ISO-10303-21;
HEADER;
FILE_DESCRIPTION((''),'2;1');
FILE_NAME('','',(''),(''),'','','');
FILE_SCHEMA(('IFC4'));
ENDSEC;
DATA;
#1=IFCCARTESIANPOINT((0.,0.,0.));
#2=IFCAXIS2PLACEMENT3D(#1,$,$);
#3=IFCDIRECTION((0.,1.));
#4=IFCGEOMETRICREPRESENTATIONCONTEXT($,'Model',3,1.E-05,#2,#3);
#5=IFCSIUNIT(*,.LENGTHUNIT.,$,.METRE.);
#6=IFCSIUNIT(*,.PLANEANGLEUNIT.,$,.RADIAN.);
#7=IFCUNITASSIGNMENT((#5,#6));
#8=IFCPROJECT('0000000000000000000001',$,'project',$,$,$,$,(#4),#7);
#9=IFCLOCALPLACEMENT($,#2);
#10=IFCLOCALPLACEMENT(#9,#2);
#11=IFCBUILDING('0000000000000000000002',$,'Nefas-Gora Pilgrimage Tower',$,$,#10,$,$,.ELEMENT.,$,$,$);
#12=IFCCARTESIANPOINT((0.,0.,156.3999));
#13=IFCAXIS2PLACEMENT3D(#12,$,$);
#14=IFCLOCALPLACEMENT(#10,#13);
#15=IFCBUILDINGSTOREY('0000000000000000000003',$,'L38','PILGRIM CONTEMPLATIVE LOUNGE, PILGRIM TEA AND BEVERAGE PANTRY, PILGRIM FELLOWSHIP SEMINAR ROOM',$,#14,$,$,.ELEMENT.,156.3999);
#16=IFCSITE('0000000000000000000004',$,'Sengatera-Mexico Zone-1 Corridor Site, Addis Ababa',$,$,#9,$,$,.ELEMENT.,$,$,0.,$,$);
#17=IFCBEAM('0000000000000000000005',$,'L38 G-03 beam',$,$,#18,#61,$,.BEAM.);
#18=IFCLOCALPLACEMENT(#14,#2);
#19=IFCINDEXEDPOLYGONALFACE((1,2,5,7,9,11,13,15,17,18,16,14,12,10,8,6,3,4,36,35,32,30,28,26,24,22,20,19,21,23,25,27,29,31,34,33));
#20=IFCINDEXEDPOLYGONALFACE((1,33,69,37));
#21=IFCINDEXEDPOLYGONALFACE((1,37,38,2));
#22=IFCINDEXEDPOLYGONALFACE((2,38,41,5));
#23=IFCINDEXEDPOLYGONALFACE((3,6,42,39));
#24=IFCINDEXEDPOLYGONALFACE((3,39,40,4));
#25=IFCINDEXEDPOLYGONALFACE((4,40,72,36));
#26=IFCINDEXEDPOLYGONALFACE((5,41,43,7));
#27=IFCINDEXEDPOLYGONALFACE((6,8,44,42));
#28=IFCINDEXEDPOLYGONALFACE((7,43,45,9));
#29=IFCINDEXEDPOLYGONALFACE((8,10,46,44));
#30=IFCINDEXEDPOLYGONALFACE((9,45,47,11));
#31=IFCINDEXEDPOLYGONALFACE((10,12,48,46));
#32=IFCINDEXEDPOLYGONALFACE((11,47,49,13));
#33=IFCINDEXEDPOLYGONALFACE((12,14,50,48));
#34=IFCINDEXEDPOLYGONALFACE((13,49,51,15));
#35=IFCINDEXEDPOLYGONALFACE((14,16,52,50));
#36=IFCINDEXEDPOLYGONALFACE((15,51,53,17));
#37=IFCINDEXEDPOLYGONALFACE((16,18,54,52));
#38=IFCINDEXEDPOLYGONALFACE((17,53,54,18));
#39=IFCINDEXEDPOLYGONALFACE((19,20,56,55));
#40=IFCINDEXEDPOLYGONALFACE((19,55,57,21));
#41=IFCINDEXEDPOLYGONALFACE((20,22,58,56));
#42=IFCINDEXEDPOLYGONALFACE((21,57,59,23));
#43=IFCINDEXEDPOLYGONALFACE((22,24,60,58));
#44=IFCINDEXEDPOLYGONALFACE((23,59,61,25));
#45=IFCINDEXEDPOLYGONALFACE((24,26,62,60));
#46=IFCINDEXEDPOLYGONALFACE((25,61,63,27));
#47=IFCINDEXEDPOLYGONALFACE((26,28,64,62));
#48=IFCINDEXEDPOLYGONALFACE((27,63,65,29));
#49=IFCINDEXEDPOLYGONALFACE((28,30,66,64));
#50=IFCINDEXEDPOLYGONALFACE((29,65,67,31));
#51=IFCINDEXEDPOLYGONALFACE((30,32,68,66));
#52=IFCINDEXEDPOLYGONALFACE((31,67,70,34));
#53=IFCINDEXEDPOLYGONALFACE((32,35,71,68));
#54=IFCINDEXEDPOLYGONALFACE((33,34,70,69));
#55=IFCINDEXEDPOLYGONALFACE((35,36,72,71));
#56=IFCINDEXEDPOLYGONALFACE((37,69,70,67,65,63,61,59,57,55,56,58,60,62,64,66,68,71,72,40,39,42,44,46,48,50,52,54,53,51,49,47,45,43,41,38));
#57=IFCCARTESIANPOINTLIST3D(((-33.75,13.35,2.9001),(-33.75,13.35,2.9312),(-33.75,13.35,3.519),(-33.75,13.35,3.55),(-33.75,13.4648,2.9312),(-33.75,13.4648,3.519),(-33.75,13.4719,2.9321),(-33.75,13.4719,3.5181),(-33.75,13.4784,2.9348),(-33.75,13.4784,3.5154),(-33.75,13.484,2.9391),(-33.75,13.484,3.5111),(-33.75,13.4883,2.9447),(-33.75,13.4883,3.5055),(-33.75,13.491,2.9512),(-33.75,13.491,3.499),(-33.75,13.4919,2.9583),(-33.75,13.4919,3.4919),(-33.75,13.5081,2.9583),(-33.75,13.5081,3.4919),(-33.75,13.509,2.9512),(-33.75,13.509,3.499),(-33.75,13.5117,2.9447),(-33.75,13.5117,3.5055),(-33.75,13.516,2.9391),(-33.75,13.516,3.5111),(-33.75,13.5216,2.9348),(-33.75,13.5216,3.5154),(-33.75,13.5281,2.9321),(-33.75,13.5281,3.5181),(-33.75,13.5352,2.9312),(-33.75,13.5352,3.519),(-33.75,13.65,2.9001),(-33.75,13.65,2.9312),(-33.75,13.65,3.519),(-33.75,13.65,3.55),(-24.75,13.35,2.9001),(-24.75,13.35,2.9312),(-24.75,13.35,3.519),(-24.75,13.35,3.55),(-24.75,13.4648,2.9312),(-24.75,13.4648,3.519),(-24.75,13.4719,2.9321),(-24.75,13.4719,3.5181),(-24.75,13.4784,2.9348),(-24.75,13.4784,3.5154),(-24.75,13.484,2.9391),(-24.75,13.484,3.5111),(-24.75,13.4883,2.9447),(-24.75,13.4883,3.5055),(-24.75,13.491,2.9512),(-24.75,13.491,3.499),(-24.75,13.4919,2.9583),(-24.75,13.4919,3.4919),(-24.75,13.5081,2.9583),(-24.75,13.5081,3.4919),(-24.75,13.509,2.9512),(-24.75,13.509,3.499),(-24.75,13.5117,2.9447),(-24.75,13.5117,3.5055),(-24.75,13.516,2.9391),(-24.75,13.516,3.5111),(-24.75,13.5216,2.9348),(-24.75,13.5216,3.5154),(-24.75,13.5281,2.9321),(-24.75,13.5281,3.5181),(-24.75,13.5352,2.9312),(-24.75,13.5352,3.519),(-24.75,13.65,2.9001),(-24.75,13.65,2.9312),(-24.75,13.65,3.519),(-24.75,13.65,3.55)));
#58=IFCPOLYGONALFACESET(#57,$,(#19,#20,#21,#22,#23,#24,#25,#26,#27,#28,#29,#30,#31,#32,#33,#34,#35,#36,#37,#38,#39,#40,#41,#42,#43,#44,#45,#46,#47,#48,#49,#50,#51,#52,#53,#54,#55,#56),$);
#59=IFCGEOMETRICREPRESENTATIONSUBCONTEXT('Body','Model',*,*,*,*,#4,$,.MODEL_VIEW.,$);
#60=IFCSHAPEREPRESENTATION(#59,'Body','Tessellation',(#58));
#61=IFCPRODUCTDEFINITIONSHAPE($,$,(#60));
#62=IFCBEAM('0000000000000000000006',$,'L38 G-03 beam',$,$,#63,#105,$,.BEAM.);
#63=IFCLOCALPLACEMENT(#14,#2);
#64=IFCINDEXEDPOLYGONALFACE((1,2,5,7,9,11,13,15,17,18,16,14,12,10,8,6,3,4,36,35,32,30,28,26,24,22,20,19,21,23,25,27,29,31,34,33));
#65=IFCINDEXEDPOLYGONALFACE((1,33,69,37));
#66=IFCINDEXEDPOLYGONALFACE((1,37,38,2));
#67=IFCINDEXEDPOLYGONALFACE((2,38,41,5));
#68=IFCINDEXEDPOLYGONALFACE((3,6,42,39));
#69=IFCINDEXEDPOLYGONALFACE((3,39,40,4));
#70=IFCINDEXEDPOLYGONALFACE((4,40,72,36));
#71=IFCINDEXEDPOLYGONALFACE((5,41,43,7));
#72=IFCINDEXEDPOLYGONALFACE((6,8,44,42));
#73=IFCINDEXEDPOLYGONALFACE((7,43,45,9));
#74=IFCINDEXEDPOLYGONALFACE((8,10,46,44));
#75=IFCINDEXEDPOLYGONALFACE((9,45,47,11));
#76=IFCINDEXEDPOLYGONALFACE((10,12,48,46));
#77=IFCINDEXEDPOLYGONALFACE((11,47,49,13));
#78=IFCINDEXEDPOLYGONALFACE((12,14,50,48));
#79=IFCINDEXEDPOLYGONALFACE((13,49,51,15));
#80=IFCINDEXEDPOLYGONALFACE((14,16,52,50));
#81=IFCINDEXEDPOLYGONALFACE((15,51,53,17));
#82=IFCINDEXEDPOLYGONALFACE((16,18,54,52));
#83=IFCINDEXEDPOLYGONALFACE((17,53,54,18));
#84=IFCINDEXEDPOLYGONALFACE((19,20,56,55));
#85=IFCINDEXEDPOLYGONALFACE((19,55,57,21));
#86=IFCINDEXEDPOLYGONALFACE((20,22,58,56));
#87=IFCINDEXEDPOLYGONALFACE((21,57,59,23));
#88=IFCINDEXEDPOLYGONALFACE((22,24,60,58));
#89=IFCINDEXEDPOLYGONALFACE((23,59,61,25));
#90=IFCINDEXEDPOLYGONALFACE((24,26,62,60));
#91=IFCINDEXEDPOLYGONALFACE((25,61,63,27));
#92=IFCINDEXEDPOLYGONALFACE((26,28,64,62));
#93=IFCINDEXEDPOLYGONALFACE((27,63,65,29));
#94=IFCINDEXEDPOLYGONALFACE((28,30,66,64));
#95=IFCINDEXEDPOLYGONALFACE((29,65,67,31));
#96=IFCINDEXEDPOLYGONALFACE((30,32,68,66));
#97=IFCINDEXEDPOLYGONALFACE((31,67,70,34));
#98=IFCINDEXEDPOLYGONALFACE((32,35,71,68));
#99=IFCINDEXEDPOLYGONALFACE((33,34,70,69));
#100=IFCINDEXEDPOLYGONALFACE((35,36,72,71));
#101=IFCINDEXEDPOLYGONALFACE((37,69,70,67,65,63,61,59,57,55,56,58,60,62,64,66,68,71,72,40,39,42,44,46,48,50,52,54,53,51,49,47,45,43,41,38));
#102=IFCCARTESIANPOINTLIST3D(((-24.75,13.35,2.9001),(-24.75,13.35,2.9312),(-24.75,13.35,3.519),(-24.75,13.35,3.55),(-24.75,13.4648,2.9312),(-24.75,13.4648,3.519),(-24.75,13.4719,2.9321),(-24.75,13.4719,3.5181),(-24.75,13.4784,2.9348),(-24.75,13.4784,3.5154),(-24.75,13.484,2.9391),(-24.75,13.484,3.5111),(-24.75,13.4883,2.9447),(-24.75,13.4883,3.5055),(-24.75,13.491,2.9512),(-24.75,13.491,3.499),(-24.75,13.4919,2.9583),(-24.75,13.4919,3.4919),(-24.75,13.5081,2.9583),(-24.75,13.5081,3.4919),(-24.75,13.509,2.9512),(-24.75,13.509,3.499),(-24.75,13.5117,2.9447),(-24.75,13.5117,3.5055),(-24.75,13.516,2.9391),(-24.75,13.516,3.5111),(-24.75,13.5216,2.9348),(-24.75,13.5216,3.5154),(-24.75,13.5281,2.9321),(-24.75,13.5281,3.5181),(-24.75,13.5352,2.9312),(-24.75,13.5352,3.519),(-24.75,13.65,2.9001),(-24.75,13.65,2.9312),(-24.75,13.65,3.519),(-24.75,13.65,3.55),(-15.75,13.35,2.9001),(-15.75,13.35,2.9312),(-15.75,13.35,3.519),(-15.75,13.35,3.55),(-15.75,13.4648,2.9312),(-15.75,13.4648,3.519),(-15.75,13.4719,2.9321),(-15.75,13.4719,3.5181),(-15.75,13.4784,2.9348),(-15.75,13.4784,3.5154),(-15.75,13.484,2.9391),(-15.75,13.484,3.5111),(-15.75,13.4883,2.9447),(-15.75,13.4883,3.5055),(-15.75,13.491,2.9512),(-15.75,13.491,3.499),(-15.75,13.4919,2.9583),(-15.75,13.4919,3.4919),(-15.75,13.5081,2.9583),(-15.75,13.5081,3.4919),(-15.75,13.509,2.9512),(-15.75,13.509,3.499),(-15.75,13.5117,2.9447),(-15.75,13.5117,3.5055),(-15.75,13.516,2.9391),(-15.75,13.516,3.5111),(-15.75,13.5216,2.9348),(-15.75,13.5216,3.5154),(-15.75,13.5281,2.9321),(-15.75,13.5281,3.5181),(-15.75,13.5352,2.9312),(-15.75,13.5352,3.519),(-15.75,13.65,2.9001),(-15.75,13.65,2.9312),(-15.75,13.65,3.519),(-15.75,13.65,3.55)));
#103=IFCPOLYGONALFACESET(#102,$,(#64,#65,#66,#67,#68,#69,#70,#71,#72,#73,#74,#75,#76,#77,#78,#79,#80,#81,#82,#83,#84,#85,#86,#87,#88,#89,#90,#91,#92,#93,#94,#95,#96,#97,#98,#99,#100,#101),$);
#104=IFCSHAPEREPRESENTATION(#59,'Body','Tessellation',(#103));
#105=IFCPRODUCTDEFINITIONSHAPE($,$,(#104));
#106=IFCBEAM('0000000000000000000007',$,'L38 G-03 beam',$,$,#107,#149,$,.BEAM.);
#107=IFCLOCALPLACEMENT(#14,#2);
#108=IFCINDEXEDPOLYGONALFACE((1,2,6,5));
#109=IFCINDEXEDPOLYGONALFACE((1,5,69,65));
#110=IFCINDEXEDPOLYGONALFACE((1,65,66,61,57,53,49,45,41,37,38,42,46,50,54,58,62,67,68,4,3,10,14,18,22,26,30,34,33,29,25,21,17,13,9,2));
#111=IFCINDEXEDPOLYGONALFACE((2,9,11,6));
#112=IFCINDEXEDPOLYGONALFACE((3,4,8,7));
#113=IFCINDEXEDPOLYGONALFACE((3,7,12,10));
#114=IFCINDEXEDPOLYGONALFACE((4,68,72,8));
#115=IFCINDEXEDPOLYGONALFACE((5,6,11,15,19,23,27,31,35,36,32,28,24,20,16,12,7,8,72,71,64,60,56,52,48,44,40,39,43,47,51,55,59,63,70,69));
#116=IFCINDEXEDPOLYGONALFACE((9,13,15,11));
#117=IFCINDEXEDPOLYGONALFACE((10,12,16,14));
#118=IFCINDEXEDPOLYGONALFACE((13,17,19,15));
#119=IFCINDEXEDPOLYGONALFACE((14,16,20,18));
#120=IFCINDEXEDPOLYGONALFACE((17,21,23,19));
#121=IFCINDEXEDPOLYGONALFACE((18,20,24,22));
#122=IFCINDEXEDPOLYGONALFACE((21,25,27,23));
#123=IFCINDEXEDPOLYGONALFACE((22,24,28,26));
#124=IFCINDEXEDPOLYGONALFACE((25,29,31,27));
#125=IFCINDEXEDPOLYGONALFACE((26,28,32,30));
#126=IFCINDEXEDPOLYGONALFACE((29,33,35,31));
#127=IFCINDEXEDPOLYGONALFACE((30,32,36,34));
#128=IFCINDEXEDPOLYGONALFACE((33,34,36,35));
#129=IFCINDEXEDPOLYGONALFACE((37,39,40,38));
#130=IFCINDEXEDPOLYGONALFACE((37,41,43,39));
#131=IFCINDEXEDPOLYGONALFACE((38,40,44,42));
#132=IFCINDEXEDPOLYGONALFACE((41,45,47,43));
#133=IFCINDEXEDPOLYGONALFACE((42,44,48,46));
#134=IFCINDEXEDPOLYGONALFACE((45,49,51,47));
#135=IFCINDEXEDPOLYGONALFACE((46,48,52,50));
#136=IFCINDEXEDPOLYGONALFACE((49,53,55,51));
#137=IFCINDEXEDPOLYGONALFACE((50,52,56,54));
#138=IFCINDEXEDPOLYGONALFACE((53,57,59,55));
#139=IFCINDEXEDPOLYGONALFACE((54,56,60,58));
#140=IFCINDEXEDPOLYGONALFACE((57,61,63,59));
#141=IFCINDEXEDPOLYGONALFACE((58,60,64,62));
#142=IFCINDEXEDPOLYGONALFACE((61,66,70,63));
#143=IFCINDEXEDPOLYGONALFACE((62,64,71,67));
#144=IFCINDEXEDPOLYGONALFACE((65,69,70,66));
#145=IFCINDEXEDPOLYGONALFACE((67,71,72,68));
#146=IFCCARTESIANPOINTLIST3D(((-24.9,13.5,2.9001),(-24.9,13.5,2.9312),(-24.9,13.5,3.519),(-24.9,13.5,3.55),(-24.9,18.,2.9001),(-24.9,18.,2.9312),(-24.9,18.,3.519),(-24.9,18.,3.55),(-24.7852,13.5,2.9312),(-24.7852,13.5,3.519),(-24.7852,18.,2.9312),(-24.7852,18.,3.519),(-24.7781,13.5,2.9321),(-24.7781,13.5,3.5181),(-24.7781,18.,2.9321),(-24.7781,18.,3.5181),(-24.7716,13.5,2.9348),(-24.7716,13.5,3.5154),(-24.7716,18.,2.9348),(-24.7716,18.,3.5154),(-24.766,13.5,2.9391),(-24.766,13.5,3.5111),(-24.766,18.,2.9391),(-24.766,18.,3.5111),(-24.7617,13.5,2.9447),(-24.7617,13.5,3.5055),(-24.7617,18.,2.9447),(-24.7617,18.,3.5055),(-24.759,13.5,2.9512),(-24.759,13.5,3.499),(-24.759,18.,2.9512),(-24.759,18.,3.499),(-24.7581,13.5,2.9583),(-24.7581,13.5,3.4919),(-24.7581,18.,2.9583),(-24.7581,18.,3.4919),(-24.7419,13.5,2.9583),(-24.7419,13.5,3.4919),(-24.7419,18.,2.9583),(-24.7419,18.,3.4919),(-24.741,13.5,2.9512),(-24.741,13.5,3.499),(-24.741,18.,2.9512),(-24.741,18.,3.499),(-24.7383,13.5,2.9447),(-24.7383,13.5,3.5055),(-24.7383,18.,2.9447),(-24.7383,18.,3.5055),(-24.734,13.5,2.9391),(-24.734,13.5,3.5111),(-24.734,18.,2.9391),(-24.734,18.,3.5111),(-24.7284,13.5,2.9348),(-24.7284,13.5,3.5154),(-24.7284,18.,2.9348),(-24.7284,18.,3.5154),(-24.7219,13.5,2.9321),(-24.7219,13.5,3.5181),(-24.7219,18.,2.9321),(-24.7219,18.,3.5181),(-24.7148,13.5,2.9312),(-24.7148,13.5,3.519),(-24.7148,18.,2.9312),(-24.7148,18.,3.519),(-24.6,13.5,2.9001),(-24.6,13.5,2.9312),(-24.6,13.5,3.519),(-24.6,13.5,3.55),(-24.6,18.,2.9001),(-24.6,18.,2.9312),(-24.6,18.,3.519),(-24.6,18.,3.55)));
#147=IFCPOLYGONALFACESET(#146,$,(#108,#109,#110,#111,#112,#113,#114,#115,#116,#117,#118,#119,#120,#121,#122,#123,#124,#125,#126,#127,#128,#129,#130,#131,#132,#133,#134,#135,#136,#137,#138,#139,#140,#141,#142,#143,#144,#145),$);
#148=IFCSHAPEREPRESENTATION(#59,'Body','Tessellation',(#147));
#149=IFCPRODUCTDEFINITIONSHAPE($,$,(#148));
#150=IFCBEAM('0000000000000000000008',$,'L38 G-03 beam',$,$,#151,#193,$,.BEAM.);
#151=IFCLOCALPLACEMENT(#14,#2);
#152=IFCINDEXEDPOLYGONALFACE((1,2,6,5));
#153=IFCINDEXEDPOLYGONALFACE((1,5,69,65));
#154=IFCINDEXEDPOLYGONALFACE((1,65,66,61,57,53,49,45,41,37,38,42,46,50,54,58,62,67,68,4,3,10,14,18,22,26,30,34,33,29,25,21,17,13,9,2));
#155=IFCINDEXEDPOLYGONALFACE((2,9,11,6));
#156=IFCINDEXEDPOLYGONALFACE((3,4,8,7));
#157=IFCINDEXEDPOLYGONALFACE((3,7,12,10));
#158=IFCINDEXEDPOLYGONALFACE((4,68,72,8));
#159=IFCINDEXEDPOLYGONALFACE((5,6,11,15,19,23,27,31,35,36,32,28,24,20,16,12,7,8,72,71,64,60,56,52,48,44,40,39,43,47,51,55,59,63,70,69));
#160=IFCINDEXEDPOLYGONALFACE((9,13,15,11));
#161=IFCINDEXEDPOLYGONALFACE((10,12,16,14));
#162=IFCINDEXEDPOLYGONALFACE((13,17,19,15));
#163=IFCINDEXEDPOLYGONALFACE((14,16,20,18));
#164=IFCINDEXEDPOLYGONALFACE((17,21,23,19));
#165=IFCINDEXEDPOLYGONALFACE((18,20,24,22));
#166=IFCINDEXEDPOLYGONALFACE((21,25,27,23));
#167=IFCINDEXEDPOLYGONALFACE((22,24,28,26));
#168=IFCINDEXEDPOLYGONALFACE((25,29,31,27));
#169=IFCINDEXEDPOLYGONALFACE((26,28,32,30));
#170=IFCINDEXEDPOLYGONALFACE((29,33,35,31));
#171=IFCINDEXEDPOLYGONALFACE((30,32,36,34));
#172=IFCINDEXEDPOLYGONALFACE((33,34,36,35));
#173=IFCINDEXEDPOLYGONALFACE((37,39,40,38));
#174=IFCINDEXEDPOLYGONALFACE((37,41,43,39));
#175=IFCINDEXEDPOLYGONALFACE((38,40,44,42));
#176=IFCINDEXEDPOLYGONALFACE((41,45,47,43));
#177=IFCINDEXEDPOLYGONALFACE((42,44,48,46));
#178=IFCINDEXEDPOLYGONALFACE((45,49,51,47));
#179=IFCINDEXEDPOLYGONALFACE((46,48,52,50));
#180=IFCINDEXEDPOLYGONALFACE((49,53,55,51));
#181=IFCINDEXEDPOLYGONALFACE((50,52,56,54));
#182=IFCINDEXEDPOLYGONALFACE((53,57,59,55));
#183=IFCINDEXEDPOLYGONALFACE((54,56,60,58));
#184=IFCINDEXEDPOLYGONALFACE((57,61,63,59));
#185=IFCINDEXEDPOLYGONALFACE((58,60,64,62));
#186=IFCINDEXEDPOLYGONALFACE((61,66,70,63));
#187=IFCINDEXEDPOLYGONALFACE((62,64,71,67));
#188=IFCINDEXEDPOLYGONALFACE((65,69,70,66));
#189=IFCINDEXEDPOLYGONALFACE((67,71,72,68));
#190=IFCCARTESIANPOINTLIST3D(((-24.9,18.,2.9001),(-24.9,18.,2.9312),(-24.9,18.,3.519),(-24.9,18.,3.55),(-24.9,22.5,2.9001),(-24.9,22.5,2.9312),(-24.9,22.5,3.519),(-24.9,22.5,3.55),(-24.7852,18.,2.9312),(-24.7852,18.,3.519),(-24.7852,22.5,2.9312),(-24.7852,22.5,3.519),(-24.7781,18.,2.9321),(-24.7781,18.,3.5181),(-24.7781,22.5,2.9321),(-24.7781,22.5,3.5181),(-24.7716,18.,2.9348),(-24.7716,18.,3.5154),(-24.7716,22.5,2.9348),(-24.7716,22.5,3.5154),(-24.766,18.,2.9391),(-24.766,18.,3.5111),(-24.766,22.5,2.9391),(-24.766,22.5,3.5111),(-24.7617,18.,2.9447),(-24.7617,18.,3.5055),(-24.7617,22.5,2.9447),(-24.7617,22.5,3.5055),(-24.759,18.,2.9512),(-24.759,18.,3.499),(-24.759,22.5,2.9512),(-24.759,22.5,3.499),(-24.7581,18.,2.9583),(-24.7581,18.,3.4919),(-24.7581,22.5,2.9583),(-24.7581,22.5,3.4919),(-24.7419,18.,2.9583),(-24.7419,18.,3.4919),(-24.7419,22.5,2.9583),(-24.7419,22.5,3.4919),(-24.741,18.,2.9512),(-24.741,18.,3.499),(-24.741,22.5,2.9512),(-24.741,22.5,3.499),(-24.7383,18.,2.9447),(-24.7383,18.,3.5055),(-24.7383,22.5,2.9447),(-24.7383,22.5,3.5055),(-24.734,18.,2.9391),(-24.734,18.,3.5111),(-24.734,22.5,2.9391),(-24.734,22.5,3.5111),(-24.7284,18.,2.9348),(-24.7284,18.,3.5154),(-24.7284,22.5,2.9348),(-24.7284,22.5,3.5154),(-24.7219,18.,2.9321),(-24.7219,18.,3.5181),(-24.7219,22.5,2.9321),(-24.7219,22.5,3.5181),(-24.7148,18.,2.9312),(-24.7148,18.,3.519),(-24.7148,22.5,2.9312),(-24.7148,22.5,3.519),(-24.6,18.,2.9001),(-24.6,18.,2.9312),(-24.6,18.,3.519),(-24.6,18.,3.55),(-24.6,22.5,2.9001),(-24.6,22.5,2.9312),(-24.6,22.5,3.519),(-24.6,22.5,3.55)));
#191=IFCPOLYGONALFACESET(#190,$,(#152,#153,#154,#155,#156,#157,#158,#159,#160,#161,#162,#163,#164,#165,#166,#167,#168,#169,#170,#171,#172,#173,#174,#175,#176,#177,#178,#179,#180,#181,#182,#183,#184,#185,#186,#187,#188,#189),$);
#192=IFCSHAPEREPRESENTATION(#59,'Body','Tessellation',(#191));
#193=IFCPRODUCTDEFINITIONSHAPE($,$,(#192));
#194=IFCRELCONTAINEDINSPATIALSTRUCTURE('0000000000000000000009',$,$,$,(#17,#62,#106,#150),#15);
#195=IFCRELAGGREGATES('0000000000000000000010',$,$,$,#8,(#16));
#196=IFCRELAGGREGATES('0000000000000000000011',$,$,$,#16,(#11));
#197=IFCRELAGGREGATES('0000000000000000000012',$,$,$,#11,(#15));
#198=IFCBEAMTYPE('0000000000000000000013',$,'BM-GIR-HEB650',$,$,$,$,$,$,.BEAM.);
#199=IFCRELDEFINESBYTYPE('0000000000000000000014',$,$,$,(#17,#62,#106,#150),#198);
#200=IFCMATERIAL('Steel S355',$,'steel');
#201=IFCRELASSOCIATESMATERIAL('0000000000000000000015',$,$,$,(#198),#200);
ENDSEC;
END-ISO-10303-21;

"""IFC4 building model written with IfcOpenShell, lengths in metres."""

from ifc_helpers import new_model, si_unit, direction, frame, origin, origin_2d, place, context, subcontext, project, spatial, i_section, extrude, source, transform, mapped, material, material_profile, profile_set, type_object, element, save


model = new_model("IFC4")

# Units and contexts
model_context = context("Model", 3, precision=1e-05, world=origin(), true_north=direction((0.0, 1.0)))
body_context = subcontext(model_context, "Body", "Model", "MODEL_VIEW")
ifc_project = project(units=[si_unit("LENGTHUNIT", "METRE"), si_unit("PLANEANGLEUNIT", "RADIAN")], contexts=[model_context])

# Site, building, storey
site_placement = place(None, origin())
site = spatial("IfcSite", under=ifc_project, at=site_placement, Name="Sengatera-Mexico Zone-1 Corridor Site, Addis Ababa", CompositionType="ELEMENT", RefElevation=0.0)
building_placement = place(site_placement, origin())
building = spatial("IfcBuilding", under=site, at=building_placement, Name="Nefas-Gora Pilgrimage Tower", CompositionType="ELEMENT")
storey_placement = place(building_placement, frame((0.0, 0.0, 156.3999)))
storey = spatial("IfcBuildingStorey", under=building, at=storey_placement, Name="L38", Description="PILGRIM CONTEMPLATIVE LOUNGE, PILGRIM TEA AND BEVERAGE PANTRY, PILGRIM FELLOWSHIP SEMINAR ROOM", CompositionType="ELEMENT", Elevation=156.3999)

# Beams
ifc_material_1 = material(Name="Steel S355", Category="steel")
ifc_material_profile_1 = material_profile(ifc_material_1, i_section(OverallWidth=0.3, OverallDepth=0.6499, WebThickness=0.0161, FlangeThickness=0.031, FilletRadius=0.0271, at=origin_2d()), Name="HEB 650")
ifc_profile_set_1 = profile_set([ifc_material_profile_1], Name="Steel S355")
beam_type_1 = type_object("IfcBeamType", Name="BM-GIR-HEB650", PredefinedType="BEAM", material=ifc_profile_set_1)
shared_shape_1 = source(origin(), body_context, "Body", "SweptSolid", [
    extrude(i_section(OverallWidth=0.3, OverallDepth=0.6499, WebThickness=0.0161, FlangeThickness=0.031, FilletRadius=0.0271, at=origin_2d()), origin(), (0.0, 0.0, 1.0), 9.0),
])
for number, where, z_axis, x_axis, name in (
    (1, (-33.75, 13.5, 3.2251), (1.0, 0.0, 0.0), (0.0, 1.0, 0.0), "L38 G-03 beam"),
    (2, (-24.75, 13.5, 3.2251), (1.0, 0.0, 0.0), (0.0, 1.0, 0.0), "L38 G-03 beam"),
):
    element("IfcBeam", number, at=place(storey_placement, frame(where, z_axis=z_axis, x_axis=x_axis)), inside=storey, type_object=beam_type_1, Name=name, PredefinedType="BEAM", context=body_context, shape_type="MappedRepresentation", body=[
        mapped(shared_shape_1, transform((0.0, 0.0, 0.0), x_axis=(1.0, 0.0, 0.0), y_axis=(0.0, 1.0, 0.0), z_axis=(0.0, 0.0, 1.0), scale=1.0)),
    ])
shared_shape_2 = source(origin(), body_context, "Body", "SweptSolid", [
    extrude(i_section(OverallWidth=0.3, OverallDepth=0.6499, WebThickness=0.0161, FlangeThickness=0.031, FilletRadius=0.0271, at=origin_2d()), origin(), (0.0, 0.0, 1.0), 4.5),
])
for number, where, z_axis, x_axis, name in (
    (3, (-24.75, 13.5, 3.2251), (0.0, 1.0, 0.0), (-1.0, 0.0, 0.0), "L38 G-03 beam"),
    (4, (-24.75, 18.0, 3.2251), (0.0, 1.0, 0.0), (-1.0, 0.0, 0.0), "L38 G-03 beam"),
):
    element("IfcBeam", number, at=place(storey_placement, frame(where, z_axis=z_axis, x_axis=x_axis)), inside=storey, type_object=beam_type_1, Name=name, PredefinedType="BEAM", context=body_context, shape_type="MappedRepresentation", body=[
        mapped(shared_shape_2, transform((0.0, 0.0, 0.0), x_axis=(1.0, 0.0, 0.0), y_axis=(0.0, 1.0, 0.0), z_axis=(0.0, 0.0, 1.0), scale=1.0)),
    ])

save(model, "model.ifc")
